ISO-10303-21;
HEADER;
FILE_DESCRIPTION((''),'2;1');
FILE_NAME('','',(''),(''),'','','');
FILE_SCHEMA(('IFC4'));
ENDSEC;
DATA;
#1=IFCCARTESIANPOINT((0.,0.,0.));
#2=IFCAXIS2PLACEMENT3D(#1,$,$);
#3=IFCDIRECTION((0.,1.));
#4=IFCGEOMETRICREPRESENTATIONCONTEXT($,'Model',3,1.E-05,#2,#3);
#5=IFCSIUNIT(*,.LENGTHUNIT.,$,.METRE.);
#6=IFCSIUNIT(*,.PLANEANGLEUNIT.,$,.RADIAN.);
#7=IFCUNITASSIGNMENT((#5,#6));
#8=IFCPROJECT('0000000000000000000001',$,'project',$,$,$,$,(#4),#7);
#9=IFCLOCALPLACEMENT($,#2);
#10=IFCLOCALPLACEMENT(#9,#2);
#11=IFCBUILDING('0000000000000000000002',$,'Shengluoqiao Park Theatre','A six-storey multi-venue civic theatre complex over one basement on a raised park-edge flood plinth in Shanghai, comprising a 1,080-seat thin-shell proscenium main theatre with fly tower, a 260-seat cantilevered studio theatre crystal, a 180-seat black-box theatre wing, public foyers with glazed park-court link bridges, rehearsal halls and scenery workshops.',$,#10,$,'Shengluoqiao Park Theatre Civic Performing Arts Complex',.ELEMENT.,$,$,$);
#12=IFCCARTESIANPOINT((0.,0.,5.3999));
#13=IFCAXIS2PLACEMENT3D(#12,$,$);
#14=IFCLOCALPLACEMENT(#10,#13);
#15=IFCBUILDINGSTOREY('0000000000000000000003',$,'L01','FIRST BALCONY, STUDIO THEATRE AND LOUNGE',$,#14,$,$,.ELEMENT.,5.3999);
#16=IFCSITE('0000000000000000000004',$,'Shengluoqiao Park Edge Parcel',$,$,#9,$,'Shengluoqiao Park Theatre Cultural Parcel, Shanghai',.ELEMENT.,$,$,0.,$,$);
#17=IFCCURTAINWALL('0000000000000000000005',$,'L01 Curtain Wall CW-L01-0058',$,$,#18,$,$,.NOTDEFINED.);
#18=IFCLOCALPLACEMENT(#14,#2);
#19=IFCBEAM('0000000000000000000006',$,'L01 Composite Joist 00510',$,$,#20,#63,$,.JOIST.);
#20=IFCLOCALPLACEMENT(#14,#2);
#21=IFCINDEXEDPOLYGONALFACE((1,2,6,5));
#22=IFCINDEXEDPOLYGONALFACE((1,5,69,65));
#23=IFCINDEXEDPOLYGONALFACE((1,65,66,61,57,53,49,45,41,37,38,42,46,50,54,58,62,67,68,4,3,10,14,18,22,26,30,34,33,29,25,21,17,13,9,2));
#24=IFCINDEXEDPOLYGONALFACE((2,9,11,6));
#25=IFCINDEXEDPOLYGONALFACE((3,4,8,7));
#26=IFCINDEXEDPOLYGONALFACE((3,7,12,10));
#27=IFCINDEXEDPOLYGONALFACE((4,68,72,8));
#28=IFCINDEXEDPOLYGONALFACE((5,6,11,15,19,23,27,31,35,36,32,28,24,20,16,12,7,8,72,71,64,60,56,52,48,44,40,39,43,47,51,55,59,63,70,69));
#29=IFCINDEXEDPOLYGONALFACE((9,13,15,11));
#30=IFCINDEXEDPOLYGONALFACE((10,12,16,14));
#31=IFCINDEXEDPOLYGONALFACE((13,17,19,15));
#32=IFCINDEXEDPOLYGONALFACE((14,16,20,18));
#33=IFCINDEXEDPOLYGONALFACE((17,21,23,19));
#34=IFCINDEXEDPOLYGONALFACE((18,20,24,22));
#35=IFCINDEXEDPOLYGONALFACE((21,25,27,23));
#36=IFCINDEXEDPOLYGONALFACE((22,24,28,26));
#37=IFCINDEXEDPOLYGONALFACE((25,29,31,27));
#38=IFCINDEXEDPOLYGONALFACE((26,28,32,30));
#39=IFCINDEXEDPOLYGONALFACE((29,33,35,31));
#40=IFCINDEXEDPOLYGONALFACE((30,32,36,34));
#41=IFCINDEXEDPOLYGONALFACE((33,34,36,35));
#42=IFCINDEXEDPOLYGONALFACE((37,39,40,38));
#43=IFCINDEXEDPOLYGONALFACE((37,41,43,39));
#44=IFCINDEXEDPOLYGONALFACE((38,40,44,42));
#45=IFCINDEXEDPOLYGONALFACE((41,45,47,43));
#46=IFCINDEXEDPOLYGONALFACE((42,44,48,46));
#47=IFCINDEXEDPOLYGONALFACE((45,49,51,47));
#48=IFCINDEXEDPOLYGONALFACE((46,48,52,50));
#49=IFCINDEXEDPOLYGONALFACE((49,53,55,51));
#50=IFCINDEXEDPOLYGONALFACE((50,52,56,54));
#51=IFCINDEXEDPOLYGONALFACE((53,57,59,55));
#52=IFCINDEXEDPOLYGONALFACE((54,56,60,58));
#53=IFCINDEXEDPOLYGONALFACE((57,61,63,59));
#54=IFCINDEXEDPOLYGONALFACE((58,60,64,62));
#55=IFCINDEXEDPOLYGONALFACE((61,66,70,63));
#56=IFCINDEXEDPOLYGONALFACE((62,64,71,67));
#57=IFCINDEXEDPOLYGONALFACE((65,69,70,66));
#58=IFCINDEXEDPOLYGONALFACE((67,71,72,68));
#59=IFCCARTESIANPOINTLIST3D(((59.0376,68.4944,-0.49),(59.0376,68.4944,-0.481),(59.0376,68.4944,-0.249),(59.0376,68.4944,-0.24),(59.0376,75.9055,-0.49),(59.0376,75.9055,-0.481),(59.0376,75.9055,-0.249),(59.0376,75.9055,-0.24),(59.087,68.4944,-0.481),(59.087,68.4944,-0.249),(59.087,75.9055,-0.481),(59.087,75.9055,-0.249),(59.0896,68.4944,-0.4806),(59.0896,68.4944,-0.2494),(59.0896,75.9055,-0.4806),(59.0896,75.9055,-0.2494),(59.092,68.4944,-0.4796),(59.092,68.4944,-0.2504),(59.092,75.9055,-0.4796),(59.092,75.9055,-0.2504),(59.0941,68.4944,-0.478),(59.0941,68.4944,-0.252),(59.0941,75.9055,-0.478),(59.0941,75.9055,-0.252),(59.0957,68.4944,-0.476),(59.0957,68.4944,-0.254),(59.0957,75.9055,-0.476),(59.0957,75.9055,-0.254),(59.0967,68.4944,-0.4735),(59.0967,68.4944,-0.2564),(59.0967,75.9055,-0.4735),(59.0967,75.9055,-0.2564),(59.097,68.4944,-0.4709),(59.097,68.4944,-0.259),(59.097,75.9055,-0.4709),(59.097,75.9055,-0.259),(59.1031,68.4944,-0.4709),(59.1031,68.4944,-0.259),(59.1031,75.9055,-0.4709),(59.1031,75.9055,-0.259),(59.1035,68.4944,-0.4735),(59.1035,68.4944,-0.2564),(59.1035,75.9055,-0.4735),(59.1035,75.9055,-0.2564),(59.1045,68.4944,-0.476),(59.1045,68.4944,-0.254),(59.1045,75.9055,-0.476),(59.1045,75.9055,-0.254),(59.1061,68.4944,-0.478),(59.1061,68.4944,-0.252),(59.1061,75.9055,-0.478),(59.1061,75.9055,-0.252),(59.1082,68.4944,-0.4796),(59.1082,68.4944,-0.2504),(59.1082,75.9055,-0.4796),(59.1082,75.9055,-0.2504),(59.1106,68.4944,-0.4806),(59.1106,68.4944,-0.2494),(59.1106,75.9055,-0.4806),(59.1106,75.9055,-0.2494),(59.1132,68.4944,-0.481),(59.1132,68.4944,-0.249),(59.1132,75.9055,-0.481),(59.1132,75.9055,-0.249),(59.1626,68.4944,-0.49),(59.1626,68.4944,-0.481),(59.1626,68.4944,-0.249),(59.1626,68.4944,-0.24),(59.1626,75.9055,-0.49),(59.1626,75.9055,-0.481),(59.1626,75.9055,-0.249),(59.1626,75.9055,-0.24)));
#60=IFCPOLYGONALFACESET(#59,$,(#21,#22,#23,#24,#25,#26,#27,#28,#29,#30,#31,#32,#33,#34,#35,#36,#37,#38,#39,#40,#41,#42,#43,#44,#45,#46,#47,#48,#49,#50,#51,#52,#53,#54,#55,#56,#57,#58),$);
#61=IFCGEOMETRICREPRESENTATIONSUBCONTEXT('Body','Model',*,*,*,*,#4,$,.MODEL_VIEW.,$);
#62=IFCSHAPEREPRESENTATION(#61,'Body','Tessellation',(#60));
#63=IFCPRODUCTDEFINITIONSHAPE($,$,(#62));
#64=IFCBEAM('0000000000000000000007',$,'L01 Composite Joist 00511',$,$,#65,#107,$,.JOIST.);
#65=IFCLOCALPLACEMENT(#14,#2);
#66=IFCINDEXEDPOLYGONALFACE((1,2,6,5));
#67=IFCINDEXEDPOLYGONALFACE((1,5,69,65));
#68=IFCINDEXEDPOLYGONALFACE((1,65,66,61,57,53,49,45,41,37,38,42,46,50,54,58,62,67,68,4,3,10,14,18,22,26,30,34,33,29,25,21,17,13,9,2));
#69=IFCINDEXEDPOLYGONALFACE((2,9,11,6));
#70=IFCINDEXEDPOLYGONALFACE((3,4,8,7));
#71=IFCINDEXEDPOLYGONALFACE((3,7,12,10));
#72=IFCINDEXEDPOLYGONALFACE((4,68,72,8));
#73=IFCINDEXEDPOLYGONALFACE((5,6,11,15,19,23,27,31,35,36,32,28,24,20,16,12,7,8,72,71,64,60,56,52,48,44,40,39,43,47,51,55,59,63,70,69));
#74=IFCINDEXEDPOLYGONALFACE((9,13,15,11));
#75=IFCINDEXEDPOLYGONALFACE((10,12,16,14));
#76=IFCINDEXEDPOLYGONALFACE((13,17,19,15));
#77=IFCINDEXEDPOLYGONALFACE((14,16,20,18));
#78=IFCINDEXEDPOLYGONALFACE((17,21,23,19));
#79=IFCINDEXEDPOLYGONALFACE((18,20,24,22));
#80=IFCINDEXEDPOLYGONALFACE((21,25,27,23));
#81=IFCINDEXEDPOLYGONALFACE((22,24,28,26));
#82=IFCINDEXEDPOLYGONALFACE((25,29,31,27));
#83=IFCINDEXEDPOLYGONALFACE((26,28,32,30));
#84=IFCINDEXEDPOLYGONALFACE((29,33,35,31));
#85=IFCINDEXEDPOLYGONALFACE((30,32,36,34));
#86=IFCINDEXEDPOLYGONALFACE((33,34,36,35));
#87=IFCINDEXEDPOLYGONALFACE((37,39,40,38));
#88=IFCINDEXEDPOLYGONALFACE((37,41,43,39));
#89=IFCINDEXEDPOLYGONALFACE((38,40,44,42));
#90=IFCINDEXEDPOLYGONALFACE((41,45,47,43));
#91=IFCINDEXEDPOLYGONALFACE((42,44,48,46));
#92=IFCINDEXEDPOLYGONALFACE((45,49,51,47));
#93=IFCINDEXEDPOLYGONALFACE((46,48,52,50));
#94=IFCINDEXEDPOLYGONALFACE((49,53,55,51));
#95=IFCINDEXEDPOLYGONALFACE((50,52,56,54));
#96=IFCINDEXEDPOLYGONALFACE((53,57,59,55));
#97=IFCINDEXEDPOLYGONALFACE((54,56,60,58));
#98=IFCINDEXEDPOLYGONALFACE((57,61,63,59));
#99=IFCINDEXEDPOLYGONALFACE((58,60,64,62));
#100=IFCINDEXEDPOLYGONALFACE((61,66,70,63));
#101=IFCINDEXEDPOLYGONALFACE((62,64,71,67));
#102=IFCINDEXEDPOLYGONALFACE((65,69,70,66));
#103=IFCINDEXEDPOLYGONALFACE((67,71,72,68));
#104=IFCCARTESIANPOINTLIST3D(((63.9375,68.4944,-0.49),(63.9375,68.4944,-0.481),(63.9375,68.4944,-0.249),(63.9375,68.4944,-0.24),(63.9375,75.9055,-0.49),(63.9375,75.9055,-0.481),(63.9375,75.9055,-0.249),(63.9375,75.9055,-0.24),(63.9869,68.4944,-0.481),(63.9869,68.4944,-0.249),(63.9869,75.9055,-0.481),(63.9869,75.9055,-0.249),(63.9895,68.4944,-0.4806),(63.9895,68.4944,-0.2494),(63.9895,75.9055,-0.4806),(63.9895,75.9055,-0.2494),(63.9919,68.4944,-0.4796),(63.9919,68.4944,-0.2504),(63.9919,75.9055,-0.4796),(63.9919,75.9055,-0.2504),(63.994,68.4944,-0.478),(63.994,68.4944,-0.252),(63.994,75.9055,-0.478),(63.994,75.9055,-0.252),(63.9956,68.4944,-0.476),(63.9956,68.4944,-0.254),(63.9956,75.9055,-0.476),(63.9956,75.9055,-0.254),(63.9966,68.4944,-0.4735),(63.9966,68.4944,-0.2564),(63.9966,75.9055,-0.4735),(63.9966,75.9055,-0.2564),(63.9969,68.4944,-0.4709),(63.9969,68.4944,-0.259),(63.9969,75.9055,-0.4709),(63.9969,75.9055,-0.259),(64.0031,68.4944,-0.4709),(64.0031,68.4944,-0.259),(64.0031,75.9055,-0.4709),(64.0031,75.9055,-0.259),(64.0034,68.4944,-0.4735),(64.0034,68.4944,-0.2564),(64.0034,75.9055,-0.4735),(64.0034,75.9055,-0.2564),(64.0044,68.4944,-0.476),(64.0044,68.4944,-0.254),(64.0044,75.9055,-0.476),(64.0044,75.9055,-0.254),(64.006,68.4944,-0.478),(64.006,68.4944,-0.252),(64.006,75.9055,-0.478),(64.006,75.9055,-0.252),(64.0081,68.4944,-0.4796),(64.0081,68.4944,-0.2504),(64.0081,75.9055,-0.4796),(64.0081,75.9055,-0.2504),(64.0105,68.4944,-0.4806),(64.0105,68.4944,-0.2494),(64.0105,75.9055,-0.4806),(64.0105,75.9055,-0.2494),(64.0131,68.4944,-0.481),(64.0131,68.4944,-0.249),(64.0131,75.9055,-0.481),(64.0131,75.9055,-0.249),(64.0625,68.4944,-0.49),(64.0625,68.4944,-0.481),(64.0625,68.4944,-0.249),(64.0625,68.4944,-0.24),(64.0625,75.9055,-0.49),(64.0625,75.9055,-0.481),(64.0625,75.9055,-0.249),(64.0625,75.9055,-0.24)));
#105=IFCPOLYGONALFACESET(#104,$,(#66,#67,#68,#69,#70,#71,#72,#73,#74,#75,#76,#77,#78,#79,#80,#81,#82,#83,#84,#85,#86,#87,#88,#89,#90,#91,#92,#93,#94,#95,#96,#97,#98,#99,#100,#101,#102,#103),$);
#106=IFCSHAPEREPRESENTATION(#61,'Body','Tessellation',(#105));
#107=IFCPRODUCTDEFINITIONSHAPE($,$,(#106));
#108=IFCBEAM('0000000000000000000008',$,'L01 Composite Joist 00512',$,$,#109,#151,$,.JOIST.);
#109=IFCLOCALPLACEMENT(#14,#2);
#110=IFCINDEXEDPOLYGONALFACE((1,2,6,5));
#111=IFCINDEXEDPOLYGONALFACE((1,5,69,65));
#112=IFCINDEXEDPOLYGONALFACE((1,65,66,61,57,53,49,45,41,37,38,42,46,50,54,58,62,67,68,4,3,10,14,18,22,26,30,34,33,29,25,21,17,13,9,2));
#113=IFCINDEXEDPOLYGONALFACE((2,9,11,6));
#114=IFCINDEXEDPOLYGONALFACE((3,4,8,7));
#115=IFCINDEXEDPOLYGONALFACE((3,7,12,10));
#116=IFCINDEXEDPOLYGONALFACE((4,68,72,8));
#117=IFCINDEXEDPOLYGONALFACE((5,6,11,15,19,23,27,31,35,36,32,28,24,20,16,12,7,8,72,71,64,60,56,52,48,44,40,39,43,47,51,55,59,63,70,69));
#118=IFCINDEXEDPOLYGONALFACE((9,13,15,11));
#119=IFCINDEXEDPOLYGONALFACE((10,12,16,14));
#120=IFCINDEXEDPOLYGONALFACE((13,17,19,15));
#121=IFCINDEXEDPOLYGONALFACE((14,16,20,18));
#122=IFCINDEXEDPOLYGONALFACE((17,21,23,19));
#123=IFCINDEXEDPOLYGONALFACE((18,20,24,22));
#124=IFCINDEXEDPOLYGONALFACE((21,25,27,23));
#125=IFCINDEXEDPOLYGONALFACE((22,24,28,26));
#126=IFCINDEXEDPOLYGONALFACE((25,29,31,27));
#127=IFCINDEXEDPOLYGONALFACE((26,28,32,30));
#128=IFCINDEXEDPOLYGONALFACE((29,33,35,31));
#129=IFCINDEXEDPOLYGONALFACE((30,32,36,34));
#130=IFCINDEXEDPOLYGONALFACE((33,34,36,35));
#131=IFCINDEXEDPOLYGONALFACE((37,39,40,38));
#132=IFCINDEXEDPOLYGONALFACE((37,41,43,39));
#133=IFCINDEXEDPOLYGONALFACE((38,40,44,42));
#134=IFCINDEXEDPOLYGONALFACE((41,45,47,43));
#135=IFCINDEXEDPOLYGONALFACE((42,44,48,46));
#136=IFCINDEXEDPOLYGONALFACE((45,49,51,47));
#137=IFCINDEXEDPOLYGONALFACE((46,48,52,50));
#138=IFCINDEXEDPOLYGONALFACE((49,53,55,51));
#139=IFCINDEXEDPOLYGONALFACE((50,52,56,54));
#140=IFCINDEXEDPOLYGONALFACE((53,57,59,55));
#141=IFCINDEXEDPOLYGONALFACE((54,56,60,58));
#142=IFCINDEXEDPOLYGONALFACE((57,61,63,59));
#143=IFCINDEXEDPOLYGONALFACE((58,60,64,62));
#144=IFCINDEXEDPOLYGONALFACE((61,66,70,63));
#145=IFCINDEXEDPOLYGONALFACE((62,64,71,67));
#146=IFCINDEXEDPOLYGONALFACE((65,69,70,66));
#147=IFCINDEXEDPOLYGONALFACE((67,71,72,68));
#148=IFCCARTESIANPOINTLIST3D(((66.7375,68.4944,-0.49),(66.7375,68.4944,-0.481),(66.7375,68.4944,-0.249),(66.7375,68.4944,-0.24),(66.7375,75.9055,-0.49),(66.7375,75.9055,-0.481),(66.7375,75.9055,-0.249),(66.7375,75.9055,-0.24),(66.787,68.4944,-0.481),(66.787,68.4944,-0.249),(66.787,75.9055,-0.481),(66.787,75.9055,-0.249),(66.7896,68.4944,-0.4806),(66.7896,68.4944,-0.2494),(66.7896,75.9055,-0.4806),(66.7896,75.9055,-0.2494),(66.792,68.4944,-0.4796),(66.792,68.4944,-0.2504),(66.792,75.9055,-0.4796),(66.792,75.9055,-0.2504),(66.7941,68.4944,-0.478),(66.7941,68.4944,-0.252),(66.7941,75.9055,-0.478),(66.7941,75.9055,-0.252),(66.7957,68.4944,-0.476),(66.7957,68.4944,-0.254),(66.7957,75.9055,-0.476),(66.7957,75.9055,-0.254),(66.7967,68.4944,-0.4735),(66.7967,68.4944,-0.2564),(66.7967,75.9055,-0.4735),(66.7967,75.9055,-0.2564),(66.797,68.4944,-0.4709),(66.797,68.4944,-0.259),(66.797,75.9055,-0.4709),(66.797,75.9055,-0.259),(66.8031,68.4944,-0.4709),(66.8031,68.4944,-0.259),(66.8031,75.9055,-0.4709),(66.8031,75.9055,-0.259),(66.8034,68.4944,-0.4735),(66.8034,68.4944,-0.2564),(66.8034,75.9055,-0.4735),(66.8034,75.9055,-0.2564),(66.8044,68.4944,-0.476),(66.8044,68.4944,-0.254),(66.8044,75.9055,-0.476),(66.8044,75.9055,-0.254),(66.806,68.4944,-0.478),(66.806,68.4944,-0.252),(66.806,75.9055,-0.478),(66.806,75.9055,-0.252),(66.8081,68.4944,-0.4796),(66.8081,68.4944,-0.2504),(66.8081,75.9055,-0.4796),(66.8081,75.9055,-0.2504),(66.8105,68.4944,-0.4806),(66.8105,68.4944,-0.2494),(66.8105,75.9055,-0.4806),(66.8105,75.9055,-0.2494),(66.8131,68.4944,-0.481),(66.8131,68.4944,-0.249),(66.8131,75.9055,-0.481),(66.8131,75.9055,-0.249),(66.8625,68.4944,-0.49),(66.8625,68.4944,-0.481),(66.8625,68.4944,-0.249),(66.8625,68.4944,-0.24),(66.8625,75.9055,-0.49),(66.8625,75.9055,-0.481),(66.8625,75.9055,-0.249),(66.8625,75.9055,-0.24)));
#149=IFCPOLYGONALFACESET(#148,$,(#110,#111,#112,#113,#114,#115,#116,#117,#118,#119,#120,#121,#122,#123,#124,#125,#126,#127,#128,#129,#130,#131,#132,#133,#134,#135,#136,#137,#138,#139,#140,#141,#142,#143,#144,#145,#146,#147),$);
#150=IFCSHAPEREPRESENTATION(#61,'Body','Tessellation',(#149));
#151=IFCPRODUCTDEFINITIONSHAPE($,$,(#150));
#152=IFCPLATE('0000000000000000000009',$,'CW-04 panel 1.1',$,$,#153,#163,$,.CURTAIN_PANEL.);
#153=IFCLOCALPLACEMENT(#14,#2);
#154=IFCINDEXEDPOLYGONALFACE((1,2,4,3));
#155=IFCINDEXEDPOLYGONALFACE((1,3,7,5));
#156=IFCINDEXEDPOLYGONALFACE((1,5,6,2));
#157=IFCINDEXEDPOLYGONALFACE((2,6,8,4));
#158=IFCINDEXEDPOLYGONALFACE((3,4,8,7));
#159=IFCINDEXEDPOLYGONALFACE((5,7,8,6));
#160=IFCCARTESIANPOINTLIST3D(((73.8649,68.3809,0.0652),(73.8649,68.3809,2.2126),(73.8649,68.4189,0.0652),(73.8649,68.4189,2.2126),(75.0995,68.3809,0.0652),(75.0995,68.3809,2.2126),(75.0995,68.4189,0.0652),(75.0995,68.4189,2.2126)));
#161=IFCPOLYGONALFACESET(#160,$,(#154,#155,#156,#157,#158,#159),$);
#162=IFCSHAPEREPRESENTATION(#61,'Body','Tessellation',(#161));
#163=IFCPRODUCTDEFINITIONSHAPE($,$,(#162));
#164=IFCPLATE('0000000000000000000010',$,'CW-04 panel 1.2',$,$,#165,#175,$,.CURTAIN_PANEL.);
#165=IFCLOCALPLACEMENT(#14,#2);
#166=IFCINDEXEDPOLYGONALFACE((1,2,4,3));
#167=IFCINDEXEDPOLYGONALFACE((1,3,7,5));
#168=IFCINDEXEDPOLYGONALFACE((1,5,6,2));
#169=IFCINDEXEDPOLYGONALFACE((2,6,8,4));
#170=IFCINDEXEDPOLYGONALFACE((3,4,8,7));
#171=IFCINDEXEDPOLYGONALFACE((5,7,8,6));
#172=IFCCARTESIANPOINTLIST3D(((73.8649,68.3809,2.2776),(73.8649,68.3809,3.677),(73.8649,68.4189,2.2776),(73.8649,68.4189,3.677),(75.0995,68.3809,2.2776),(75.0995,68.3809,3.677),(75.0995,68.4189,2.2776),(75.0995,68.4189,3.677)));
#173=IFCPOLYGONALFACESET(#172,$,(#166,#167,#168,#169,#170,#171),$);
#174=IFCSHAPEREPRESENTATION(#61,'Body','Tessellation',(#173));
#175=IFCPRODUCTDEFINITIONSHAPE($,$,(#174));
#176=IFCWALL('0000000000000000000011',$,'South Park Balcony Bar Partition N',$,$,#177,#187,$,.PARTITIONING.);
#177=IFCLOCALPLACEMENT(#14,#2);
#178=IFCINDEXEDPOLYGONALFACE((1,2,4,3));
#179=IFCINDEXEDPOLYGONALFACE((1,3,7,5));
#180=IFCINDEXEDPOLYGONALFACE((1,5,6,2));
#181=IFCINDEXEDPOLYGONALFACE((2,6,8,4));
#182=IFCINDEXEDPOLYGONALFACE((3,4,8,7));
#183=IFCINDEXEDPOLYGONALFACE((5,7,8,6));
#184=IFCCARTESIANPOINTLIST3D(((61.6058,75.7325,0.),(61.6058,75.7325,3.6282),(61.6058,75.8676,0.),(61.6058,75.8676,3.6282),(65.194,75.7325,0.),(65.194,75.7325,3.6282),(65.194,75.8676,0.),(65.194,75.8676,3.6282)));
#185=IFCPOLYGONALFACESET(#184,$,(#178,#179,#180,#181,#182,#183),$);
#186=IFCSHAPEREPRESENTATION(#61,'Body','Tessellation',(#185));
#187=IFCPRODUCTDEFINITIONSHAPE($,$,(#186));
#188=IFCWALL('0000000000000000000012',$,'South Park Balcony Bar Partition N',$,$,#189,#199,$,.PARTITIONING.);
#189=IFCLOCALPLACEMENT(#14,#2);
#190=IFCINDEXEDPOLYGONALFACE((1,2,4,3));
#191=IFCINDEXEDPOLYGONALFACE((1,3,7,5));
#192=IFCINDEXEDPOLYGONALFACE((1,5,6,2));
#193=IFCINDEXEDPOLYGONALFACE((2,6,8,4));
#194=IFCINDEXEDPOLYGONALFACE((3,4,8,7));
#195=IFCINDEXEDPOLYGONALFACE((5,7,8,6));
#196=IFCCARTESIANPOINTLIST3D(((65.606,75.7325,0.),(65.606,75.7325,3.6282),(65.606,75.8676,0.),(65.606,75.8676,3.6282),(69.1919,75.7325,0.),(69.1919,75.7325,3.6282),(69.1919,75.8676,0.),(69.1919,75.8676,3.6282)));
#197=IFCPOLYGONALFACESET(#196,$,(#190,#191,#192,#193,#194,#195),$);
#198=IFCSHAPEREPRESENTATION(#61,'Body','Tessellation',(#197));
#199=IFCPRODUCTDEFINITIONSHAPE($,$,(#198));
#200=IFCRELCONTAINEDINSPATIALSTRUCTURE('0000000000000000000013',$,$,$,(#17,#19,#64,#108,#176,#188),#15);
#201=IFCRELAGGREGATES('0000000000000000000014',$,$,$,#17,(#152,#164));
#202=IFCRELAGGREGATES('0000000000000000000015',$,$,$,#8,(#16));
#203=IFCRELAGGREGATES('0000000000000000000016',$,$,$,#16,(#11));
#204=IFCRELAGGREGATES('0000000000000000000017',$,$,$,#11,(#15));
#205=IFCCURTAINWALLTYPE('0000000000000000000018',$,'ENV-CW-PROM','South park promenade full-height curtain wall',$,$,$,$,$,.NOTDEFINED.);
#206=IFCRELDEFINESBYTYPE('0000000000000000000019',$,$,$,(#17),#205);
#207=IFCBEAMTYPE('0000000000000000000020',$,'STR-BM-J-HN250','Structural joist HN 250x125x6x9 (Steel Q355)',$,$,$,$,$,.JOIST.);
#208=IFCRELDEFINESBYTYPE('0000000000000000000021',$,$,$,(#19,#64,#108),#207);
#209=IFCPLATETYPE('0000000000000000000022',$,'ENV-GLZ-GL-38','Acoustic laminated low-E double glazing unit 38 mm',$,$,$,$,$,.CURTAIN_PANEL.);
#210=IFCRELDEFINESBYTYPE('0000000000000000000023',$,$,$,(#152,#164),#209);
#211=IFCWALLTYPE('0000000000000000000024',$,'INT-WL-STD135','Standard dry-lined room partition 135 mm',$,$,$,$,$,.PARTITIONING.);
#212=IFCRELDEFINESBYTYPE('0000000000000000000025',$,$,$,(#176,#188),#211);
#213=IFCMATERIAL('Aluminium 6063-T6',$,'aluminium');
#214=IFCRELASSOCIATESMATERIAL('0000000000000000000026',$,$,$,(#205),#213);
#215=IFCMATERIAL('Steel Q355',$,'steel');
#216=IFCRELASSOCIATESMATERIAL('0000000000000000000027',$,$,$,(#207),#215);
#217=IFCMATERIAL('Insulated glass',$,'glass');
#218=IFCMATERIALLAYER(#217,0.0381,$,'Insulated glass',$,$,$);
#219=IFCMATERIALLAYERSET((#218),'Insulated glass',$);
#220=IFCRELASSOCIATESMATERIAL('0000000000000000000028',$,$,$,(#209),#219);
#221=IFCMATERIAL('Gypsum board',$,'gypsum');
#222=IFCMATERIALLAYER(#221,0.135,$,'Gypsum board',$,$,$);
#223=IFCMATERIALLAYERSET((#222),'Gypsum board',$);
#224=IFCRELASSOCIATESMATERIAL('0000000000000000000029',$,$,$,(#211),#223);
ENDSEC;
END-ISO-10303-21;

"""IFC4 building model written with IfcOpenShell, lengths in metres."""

from ifc_helpers import new_model, si_unit, direction, frame, frame_2d, origin, origin_2d, place, context, subcontext, project, spatial, rectangle, i_section, extrude, material, layer, layer_set, material_profile, profile_set, type_object, element, aggregate, save


model = new_model("IFC4")

# Units and contexts
model_context = context("Model", 3, precision=1e-05, world=origin(), true_north=direction((0.0, 1.0)))
body_context = subcontext(model_context, "Body", "Model", "MODEL_VIEW")
ifc_project = project(units=[si_unit("LENGTHUNIT", "METRE"), si_unit("PLANEANGLEUNIT", "RADIAN")], contexts=[model_context])

# Site, building, storey
site_placement = place(None, origin())
site = spatial("IfcSite", under=ifc_project, at=site_placement, Name="Shengluoqiao Park Edge Parcel", LongName="Shengluoqiao Park Theatre Cultural Parcel, Shanghai", CompositionType="ELEMENT", RefElevation=0.0)
building_placement = place(site_placement, origin())
building = spatial("IfcBuilding", under=site, at=building_placement, Name="Shengluoqiao Park Theatre", Description="A six-storey multi-venue civic theatre complex over one basement on a raised park-edge flood plinth in Shanghai, comprising a 1,080-seat thin-shell proscenium main theatre with fly tower, a 260-seat cantilevered studio theatre crystal, a 180-seat black-box theatre wing, public foyers with glazed park-court link bridges, rehearsal halls and scenery workshops.", LongName="Shengluoqiao Park Theatre Civic Performing Arts Complex", CompositionType="ELEMENT")
storey_placement = place(building_placement, frame((0.0, 0.0, 5.3999)))
storey = spatial("IfcBuildingStorey", under=building, at=storey_placement, Name="L01", Description="FIRST BALCONY, STUDIO THEATRE AND LOUNGE", CompositionType="ELEMENT", Elevation=5.3999)

# Curtain wall
ifc_material_1 = material(Name="Aluminium 6063-T6", Category="aluminium")
curtain_wall_type = type_object("IfcCurtainWallType", Name="ENV-CW-PROM", Description="South park promenade full-height curtain wall", PredefinedType="NOTDEFINED", material=ifc_material_1)
curtain_wall_placement = place(storey_placement, origin())
curtain_wall = element("IfcCurtainWall", 1, at=curtain_wall_placement, inside=storey, type_object=curtain_wall_type, Name="L01 Curtain Wall CW-L01-0058", PredefinedType="NOTDEFINED")

# Beams
ifc_material_2 = material(Name="Steel Q355", Category="steel")
ifc_material_profile_1 = material_profile(ifc_material_2, i_section(OverallWidth=0.125, OverallDepth=0.25, WebThickness=0.0061, FlangeThickness=0.009, FilletRadius=0.01, at=origin_2d()), Name="HN 250x125x6x9")
ifc_profile_set_1 = profile_set([ifc_material_profile_1], Name="Steel Q355")
beam_type_1 = type_object("IfcBeamType", Name="STR-BM-J-HN250", Description="Structural joist HN 250x125x6x9 (Steel Q355)", PredefinedType="JOIST", material=ifc_profile_set_1)
for number, where, z_axis, x_axis, name in (
    (2, (59.1001, 68.4944, -0.365), (0.0, 1.0, 0.0), (-1.0, 0.0, 0.0), "L01 Composite Joist 00510"),
    (3, (64.0, 68.4944, -0.365), (0.0, 1.0, 0.0), (-1.0, 0.0, 0.0), "L01 Composite Joist 00511"),
    (4, (66.8, 68.4944, -0.365), (0.0, 1.0, 0.0), (-1.0, 0.0, 0.0), "L01 Composite Joist 00512"),
):
    element("IfcBeam", number, at=place(storey_placement, frame(where, z_axis=z_axis, x_axis=x_axis)), inside=storey, type_object=beam_type_1, Name=name, PredefinedType="JOIST", context=body_context, shape_type="SweptSolid", body=[
        extrude(i_section(OverallWidth=0.125, OverallDepth=0.25, WebThickness=0.0061, FlangeThickness=0.009, FilletRadius=0.01, at=origin_2d()), origin(), (0.0, 0.0, 1.0), 7.4111),
    ])

# Plates
ifc_material_3 = material(Name="Insulated glass", Category="glass")
ifc_layer_1 = layer(ifc_material_3, 0.0381, Name="Insulated glass")
ifc_layer_set_1 = layer_set([ifc_layer_1], Name="Insulated glass")
plate_type = type_object("IfcPlateType", Name="ENV-GLZ-GL-38", Description="Acoustic laminated low-E double glazing unit 38 mm", PredefinedType="CURTAIN_PANEL", material=ifc_layer_set_1)
plate_1_placement = place(storey_placement, frame((74.4822, 68.3999, 0.0652), z_axis=(0.0, 0.0, 1.0), x_axis=(1.0, 0.0, 0.0)))
plate_1 = element("IfcPlate", 5, at=plate_1_placement, type_object=plate_type, Name="CW-04 panel 1.1", PredefinedType="CURTAIN_PANEL", context=body_context, shape_type="SweptSolid", body=[
    extrude(rectangle(XDim=1.2346, YDim=0.0381, at=origin_2d()), origin(), (0.0, 0.0, 1.0), 2.1475),
])
plate_2_placement = place(storey_placement, frame((74.4822, 68.3999, 2.2776), z_axis=(0.0, 0.0, 1.0), x_axis=(1.0, 0.0, 0.0)))
plate_2 = element("IfcPlate", 6, at=plate_2_placement, type_object=plate_type, Name="CW-04 panel 1.2", PredefinedType="CURTAIN_PANEL", context=body_context, shape_type="SweptSolid", body=[
    extrude(rectangle(XDim=1.2346, YDim=0.0381, at=origin_2d()), origin(), (0.0, 0.0, 1.0), 1.3994),
])
aggregate(curtain_wall, [plate_1, plate_2])

# Walls
ifc_material_4 = material(Name="Gypsum board", Category="gypsum")
ifc_layer_2 = layer(ifc_material_4, 0.135, Name="Gypsum board")
ifc_layer_set_2 = layer_set([ifc_layer_2], Name="Gypsum board")
wall_type_1 = type_object("IfcWallType", Name="INT-WL-STD135", Description="Standard dry-lined room partition 135 mm", PredefinedType="PARTITIONING", material=ifc_layer_set_2)
wall_1_placement = place(storey_placement, frame((61.606, 75.8, 0.0), z_axis=(0.0, 0.0, 1.0), x_axis=(1.0, 0.0, 0.0)))
element("IfcWall", 7, at=wall_1_placement, inside=storey, type_object=wall_type_1, Name="South Park Balcony Bar Partition N", PredefinedType="PARTITIONING", context=body_context, shape_type="SweptSolid", body=[
    extrude(rectangle(XDim=3.5881, YDim=0.135, at=frame_2d((1.7939, 0.0))), origin(), (0.0, 0.0, 1.0), 3.6282),
])
wall_2_placement = place(storey_placement, frame((65.606, 75.8, 0.0), z_axis=(0.0, 0.0, 1.0), x_axis=(1.0, 0.0, 0.0)))
element("IfcWall", 8, at=wall_2_placement, inside=storey, type_object=wall_type_1, Name="South Park Balcony Bar Partition N", PredefinedType="PARTITIONING", context=body_context, shape_type="SweptSolid", body=[
    extrude(rectangle(XDim=3.5859, YDim=0.135, at=frame_2d((1.793, 0.0))), origin(), (0.0, 0.0, 1.0), 3.6282),
])

save(model, "model.ifc")
